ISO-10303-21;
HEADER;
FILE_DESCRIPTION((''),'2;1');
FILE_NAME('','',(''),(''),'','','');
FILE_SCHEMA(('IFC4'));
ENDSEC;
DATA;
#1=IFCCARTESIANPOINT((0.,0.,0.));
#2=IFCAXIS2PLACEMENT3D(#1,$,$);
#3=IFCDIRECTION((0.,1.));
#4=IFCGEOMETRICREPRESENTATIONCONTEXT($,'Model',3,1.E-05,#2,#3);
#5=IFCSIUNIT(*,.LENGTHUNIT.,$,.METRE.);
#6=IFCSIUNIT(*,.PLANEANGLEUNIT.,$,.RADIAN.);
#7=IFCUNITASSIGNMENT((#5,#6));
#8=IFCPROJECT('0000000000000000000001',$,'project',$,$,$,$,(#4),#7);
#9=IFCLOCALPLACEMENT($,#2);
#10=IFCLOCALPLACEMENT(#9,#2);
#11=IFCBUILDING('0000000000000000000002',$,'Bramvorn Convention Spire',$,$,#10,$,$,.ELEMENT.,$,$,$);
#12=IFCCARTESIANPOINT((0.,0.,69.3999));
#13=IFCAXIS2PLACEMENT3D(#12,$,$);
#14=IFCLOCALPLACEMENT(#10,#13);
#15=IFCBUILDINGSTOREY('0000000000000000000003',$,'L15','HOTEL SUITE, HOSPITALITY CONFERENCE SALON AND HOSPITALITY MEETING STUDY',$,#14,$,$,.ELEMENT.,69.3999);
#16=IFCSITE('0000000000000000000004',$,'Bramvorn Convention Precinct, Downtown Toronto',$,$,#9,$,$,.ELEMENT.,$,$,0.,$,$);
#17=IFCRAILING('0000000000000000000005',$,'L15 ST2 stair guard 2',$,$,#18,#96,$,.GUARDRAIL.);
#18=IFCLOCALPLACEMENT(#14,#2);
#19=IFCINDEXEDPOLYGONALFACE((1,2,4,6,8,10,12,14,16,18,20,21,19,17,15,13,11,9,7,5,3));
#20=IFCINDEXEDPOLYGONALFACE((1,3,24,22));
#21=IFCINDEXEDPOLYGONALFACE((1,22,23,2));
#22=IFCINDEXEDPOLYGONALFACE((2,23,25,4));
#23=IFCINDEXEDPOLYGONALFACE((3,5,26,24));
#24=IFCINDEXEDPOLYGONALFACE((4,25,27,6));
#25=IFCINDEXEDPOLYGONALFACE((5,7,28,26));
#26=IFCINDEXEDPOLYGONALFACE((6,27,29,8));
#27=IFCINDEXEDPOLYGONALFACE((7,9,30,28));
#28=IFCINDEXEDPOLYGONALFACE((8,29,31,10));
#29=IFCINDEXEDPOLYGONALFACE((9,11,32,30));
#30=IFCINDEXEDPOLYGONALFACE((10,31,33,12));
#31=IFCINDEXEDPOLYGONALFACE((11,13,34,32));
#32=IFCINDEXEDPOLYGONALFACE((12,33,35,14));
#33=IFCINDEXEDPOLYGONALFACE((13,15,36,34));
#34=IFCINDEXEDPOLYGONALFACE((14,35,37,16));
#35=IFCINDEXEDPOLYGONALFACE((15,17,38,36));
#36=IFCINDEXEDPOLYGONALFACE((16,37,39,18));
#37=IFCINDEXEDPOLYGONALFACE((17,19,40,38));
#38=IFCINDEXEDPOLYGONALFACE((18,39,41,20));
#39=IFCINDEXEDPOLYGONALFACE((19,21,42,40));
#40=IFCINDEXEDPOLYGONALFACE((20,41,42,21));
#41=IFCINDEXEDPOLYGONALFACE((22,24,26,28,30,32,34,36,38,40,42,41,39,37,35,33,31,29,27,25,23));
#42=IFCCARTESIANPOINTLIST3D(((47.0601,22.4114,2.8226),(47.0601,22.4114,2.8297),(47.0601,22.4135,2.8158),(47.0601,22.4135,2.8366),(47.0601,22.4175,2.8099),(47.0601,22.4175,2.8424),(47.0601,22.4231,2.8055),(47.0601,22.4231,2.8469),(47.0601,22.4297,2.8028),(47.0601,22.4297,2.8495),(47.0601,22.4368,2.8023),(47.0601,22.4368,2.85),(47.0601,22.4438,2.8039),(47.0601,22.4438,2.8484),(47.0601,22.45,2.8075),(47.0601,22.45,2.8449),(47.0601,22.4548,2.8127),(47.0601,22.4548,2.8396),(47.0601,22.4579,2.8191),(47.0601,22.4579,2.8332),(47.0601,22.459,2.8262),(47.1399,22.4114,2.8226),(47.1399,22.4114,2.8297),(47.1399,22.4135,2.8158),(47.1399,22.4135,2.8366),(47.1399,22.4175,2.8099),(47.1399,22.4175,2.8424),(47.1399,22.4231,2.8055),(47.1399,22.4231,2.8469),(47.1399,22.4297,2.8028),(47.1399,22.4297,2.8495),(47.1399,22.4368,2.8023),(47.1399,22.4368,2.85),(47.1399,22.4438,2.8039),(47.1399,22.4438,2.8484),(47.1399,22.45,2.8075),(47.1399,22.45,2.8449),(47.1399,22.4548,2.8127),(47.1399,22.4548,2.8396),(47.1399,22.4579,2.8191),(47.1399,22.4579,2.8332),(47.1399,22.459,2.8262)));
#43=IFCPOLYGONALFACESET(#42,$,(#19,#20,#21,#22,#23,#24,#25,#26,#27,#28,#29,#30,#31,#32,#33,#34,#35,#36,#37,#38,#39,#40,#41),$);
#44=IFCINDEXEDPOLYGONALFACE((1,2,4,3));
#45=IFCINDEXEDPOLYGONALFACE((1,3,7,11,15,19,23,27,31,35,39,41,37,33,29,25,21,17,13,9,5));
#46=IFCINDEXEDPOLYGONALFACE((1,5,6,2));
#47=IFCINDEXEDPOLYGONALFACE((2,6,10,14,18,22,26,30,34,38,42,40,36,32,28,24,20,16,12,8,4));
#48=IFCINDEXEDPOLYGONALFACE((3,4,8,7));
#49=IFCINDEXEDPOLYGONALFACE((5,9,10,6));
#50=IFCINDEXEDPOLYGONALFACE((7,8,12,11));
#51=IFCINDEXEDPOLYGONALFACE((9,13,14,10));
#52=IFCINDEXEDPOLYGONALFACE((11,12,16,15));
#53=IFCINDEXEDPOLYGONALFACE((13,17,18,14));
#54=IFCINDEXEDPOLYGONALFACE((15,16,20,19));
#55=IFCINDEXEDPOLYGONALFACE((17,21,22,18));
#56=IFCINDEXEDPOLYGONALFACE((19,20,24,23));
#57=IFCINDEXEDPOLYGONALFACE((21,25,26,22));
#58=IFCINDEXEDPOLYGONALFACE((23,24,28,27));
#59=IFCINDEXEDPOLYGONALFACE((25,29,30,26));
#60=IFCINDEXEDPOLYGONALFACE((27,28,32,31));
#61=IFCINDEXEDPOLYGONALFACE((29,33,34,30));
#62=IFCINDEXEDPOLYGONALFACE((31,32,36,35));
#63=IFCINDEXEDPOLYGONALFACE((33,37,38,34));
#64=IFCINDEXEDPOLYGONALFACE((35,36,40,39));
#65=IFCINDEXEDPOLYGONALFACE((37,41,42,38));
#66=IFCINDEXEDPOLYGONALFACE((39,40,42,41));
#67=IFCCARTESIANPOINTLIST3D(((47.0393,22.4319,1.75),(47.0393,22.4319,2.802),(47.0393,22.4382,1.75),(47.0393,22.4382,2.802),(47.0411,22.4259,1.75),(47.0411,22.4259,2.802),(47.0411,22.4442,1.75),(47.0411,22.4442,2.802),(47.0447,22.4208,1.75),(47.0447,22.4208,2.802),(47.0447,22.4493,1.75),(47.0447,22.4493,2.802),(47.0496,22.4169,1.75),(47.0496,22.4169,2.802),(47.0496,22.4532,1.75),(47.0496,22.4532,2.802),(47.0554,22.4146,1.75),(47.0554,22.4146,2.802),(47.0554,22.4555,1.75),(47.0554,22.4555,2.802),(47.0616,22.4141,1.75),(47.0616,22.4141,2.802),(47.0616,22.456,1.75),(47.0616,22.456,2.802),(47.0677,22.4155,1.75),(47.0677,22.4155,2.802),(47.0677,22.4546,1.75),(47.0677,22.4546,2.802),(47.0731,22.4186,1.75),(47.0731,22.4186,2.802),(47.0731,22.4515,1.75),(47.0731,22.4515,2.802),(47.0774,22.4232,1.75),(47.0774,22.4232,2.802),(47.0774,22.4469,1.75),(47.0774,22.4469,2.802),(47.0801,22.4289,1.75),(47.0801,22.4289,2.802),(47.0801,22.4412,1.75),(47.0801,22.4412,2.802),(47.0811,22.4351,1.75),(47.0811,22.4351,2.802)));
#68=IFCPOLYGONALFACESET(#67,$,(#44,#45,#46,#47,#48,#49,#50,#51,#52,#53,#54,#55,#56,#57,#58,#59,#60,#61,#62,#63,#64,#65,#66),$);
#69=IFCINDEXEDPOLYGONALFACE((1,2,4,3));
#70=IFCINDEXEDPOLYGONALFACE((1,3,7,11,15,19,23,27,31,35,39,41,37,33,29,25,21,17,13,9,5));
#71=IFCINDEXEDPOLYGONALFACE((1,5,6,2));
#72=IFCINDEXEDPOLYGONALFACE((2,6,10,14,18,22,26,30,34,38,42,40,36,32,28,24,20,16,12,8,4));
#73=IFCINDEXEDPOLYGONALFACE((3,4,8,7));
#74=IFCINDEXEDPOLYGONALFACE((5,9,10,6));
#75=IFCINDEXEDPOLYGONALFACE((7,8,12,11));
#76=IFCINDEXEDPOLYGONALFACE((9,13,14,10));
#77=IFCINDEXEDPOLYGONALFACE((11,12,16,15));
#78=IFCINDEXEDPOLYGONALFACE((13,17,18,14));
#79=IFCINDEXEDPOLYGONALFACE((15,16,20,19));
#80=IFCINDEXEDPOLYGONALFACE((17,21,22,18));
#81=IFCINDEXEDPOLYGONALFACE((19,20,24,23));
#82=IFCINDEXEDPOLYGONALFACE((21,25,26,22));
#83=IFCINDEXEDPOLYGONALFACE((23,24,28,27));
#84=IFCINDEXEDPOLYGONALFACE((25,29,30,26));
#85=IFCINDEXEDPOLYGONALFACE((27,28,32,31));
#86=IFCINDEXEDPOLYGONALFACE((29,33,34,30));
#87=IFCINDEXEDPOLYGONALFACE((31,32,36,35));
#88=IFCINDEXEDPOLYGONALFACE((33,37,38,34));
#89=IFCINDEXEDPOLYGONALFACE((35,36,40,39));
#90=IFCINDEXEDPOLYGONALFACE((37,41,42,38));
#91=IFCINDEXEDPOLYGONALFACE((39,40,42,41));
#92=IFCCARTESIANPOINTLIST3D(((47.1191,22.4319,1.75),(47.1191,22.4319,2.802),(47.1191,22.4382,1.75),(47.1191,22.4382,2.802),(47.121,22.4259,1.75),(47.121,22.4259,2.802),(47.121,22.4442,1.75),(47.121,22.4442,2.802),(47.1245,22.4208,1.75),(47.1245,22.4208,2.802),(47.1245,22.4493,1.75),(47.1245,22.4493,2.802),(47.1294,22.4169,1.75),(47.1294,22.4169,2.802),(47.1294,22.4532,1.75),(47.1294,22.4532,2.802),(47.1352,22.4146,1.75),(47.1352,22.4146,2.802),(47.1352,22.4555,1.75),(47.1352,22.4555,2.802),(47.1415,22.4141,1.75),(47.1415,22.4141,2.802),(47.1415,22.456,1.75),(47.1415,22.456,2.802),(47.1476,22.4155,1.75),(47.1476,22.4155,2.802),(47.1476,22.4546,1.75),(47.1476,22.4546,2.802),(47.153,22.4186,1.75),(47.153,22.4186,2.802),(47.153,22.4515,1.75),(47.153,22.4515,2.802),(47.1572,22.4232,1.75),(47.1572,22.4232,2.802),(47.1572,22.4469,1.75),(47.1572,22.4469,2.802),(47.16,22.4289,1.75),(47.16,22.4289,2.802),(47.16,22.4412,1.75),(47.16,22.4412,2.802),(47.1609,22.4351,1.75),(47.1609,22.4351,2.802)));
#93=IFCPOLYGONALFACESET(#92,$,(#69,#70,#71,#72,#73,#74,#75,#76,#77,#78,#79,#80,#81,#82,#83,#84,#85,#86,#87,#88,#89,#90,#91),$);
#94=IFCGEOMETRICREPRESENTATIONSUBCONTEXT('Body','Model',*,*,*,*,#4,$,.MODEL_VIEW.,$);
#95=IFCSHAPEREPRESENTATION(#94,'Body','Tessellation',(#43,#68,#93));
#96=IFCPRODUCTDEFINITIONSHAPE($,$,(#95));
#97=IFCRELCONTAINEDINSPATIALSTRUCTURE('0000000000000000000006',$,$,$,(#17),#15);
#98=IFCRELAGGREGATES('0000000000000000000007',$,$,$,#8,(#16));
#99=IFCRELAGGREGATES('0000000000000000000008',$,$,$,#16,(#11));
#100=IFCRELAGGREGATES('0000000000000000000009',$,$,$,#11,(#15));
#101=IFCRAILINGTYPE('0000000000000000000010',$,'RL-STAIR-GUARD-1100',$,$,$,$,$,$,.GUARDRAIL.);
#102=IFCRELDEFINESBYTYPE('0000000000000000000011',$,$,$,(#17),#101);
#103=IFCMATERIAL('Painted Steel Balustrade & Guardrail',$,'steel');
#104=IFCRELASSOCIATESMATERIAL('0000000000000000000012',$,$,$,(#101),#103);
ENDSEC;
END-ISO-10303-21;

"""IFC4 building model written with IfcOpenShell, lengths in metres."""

from ifc_helpers import new_model, si_unit, direction, frame, origin, origin_2d, place, context, subcontext, project, spatial, circle, extrude, material, type_object, element, save


model = new_model("IFC4")

# Units and contexts
model_context = context("Model", 3, precision=1e-05, world=origin(), true_north=direction((0.0, 1.0)))
body_context = subcontext(model_context, "Body", "Model", "MODEL_VIEW")
ifc_project = project(units=[si_unit("LENGTHUNIT", "METRE"), si_unit("PLANEANGLEUNIT", "RADIAN")], contexts=[model_context])

# Site, building, storey
site_placement = place(None, origin())
site = spatial("IfcSite", under=ifc_project, at=site_placement, Name="Bramvorn Convention Precinct, Downtown Toronto", CompositionType="ELEMENT", RefElevation=0.0)
building_placement = place(site_placement, origin())
building = spatial("IfcBuilding", under=site, at=building_placement, Name="Bramvorn Convention Spire", CompositionType="ELEMENT")
storey_placement = place(building_placement, frame((0.0, 0.0, 69.3999)))
storey = spatial("IfcBuildingStorey", under=building, at=storey_placement, Name="L15", Description="HOTEL SUITE, HOSPITALITY CONFERENCE SALON AND HOSPITALITY MEETING STUDY", CompositionType="ELEMENT", Elevation=69.3999)

# Railing
ifc_material_1 = material(Name="Painted Steel Balustrade & Guardrail", Category="steel")
railing_type_1 = type_object("IfcRailingType", Name="RL-STAIR-GUARD-1100", PredefinedType="GUARDRAIL", material=ifc_material_1)
railing_1_placement = place(storey_placement, frame((47.0601, 22.4351, 1.75)))
element("IfcRailing", 1, at=railing_1_placement, inside=storey, type_object=railing_type_1, Name="L15 ST2 stair guard 2", PredefinedType="GUARDRAIL", context=body_context, shape_type="SweptSolid", body=[
    extrude(circle(Radius=0.0239, at=origin_2d()), frame((0.0, 0.0, 1.0762), z_axis=(1.0, 0.0, 0.0), x_axis=(0.0, 1.0, 0.0)), (0.0, 0.0, 1.0), 0.0798),
    extrude(circle(Radius=0.021, at=origin_2d()), origin(), (0.0, 0.0, 1.0), 1.052),
    extrude(circle(Radius=0.021, at=origin_2d()), frame((0.0798, 0.0, 0.0)), (0.0, 0.0, 1.0), 1.052),
])

save(model, "model.ifc")
